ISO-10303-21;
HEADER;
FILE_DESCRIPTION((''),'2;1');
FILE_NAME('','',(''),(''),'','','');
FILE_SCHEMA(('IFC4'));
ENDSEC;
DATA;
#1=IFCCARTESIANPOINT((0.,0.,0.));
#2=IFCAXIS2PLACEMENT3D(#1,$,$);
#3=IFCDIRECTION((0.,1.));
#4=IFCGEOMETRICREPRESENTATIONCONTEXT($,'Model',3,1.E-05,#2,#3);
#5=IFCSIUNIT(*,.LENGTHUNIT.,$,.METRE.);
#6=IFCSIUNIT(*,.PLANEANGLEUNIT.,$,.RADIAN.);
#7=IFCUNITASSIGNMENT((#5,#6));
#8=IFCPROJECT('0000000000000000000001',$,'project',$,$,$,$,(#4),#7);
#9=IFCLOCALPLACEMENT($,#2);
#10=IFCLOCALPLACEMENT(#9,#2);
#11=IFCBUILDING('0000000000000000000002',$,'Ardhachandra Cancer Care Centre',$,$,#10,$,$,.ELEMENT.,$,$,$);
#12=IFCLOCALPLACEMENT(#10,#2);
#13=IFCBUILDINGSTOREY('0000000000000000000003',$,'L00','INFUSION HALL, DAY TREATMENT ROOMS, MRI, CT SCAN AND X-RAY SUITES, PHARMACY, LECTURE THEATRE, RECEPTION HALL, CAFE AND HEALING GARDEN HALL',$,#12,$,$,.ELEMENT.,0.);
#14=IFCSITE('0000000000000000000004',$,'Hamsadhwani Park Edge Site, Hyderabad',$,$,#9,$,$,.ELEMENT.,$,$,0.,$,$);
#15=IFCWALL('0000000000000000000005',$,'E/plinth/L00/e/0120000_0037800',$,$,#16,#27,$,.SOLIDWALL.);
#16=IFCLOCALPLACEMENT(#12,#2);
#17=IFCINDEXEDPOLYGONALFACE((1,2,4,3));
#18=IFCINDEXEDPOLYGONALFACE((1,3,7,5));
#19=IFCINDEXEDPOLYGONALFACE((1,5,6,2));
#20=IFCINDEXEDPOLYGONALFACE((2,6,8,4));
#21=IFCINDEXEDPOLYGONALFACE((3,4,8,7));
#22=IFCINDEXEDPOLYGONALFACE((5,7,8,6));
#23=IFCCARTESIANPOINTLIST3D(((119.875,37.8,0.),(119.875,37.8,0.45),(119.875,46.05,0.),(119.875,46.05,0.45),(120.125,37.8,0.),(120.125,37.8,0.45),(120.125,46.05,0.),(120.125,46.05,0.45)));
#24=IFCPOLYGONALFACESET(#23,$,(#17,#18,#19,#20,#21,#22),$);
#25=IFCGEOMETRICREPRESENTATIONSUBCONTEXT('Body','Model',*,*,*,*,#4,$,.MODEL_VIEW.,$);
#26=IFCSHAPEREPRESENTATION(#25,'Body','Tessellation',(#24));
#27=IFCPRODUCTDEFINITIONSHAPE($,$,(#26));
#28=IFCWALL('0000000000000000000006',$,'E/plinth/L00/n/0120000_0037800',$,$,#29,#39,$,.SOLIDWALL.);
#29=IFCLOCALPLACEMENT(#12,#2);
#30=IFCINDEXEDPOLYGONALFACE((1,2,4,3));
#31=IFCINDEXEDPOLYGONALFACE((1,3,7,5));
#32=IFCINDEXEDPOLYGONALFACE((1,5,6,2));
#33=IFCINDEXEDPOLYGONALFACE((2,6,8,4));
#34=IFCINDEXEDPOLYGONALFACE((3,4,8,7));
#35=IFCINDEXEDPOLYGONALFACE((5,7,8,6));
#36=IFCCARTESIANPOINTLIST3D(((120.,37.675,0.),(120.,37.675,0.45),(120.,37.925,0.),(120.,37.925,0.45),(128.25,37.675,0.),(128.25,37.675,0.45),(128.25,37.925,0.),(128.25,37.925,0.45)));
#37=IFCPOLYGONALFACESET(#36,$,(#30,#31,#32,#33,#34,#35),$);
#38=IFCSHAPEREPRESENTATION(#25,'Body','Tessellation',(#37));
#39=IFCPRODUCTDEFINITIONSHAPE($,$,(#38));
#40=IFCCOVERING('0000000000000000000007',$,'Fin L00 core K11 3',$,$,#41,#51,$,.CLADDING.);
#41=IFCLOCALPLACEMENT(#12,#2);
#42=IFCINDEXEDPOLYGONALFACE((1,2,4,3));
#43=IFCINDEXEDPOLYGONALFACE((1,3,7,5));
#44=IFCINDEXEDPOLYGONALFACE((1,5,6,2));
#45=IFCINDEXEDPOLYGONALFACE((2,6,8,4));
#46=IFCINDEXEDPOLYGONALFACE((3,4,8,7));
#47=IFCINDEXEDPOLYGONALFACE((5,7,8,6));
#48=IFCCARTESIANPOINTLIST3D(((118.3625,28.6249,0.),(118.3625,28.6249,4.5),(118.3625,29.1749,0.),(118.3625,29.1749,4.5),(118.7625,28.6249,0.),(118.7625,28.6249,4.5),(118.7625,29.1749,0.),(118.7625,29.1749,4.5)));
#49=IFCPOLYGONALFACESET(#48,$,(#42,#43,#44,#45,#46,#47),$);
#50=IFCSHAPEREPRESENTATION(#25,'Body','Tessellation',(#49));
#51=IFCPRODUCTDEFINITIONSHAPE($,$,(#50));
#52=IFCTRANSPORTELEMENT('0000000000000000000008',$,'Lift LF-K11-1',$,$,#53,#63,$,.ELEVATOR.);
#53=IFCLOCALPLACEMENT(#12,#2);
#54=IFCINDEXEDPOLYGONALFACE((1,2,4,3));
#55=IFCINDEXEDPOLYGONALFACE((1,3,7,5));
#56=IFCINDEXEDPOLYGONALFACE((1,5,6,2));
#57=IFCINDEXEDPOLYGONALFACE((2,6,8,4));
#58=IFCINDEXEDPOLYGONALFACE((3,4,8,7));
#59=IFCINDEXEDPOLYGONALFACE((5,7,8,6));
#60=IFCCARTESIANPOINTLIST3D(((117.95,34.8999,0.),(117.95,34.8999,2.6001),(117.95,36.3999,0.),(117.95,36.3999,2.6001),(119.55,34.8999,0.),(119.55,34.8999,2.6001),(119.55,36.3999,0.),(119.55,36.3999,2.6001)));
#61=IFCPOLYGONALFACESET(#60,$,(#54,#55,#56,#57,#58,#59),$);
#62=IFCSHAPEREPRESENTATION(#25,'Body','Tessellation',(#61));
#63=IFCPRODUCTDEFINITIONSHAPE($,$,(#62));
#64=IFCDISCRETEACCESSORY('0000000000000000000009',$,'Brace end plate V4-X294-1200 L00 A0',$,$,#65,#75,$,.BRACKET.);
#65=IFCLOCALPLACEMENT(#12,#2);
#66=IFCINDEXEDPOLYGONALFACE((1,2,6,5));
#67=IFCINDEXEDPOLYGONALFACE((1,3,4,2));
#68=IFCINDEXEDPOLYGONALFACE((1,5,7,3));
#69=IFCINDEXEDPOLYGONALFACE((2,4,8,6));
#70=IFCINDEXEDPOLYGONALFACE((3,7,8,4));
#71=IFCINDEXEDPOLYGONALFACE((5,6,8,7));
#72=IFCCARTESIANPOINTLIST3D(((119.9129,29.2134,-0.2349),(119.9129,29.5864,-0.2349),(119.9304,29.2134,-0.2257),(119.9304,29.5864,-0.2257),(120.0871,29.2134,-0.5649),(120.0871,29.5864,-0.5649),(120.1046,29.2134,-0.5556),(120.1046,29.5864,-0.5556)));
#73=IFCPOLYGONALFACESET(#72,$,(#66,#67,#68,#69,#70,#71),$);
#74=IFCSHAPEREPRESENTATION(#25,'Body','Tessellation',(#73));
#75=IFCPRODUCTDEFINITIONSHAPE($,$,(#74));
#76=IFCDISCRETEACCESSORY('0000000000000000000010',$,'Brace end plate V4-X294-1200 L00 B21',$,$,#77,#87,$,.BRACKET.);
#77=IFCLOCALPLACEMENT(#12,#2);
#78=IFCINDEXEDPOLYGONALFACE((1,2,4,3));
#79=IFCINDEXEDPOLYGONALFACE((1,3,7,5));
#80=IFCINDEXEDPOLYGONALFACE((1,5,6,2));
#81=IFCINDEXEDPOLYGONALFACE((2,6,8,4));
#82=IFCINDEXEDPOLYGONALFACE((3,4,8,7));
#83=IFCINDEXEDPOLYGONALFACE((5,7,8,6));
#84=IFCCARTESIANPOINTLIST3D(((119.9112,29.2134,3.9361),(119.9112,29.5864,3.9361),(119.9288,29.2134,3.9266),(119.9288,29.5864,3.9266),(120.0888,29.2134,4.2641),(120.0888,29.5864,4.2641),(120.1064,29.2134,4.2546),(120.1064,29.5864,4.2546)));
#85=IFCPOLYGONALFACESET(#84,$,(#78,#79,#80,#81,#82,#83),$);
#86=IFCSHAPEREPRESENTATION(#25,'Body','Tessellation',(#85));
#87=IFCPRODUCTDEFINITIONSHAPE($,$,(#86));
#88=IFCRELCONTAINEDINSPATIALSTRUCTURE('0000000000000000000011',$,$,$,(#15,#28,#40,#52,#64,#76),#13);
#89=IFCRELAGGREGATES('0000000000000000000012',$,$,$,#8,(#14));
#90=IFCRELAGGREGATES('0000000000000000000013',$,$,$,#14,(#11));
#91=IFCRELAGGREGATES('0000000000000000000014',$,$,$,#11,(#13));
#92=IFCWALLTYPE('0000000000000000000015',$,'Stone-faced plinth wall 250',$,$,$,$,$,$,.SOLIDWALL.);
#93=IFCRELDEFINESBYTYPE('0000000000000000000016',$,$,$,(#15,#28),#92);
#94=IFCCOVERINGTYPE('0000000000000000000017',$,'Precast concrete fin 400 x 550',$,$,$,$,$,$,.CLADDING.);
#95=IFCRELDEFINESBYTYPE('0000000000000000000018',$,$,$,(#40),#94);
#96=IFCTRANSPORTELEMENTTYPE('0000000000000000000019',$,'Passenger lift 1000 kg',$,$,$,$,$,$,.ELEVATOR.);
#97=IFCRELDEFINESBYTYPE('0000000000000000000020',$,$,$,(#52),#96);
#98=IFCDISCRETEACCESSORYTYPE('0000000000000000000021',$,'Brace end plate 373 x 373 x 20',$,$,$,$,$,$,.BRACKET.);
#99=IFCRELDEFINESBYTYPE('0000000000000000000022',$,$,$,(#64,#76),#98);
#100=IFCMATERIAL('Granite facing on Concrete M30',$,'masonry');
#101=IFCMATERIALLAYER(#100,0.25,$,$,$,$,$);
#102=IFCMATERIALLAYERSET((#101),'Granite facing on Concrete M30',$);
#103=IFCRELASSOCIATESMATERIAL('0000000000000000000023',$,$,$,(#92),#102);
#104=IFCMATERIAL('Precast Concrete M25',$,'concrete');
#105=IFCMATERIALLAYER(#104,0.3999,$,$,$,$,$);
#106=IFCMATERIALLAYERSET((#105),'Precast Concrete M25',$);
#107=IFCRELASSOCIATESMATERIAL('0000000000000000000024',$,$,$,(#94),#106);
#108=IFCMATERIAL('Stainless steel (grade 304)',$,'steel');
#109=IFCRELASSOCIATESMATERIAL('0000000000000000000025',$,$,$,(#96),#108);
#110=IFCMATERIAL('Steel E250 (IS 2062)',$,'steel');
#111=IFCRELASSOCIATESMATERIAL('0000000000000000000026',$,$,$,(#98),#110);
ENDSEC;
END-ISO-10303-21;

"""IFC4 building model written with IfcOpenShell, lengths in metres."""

from ifc_helpers import new_model, si_unit, direction, frame, frame_2d, origin, origin_2d, place, context, subcontext, project, spatial, rectangle, extrude, material, layer, layer_set, material_profile, profile_set, type_object, element, save


model = new_model("IFC4")

# Units and contexts
model_context = context("Model", 3, precision=1e-05, world=origin(), true_north=direction((0.0, 1.0)))
body_context = subcontext(model_context, "Body", "Model", "MODEL_VIEW")
ifc_project = project(units=[si_unit("LENGTHUNIT", "METRE"), si_unit("PLANEANGLEUNIT", "RADIAN")], contexts=[model_context])

# Site, building, storey
site_placement = place(None, origin())
site = spatial("IfcSite", under=ifc_project, at=site_placement, Name="Hamsadhwani Park Edge Site, Hyderabad", CompositionType="ELEMENT", RefElevation=0.0)
building_placement = place(site_placement, origin())
building = spatial("IfcBuilding", under=site, at=building_placement, Name="Ardhachandra Cancer Care Centre", CompositionType="ELEMENT")
storey_placement = place(building_placement, origin())
storey = spatial("IfcBuildingStorey", under=building, at=storey_placement, Name="L00", Description="INFUSION HALL, DAY TREATMENT ROOMS, MRI, CT SCAN AND X-RAY SUITES, PHARMACY, LECTURE THEATRE, RECEPTION HALL, CAFE AND HEALING GARDEN HALL", CompositionType="ELEMENT", Elevation=0.0)

# Walls
ifc_material_1 = material(Name="Granite facing on Concrete M30", Category="masonry")
ifc_layer_1 = layer(ifc_material_1, 0.25)
ifc_layer_set_1 = layer_set([ifc_layer_1], Name="Granite facing on Concrete M30")
wall_type_1 = type_object("IfcWallType", Name="Stone-faced plinth wall 250", PredefinedType="SOLIDWALL", material=ifc_layer_set_1)
for number, where, z_axis, x_axis, name in (
    (1, (120.0, 37.8, 0.0), (0.0, 0.0, 1.0), (0.0, 1.0, 0.0), "E/plinth/L00/e/0120000_0037800"),
    (2, (120.0, 37.8, 0.0), (0.0, 0.0, 1.0), (1.0, 0.0, 0.0), "E/plinth/L00/n/0120000_0037800"),
):
    element("IfcWall", number, at=place(storey_placement, frame(where, z_axis=z_axis, x_axis=x_axis)), inside=storey, type_object=wall_type_1, Name=name, PredefinedType="SOLIDWALL", context=body_context, shape_type="SweptSolid", body=[
        extrude(rectangle(XDim=8.25, YDim=0.25, at=frame_2d((4.125, 0.0))), origin(), (0.0, 0.0, 1.0), 0.45),
    ])

# Covering
ifc_material_2 = material(Name="Precast Concrete M25", Category="concrete")
ifc_layer_2 = layer(ifc_material_2, 0.3999)
ifc_layer_set_2 = layer_set([ifc_layer_2], Name="Precast Concrete M25")
covering_type = type_object("IfcCoveringType", Name="Precast concrete fin 400 x 550", PredefinedType="CLADDING", material=ifc_layer_set_2)
covering_placement = place(storey_placement, frame((118.5625, 28.8999, 0.0), z_axis=(0.0, 0.0, 1.0), x_axis=(1.0, 0.0, 0.0)))
element("IfcCovering", 3, at=covering_placement, inside=storey, type_object=covering_type, Name="Fin L00 core K11 3", PredefinedType="CLADDING", context=body_context, shape_type="SweptSolid", body=[
    extrude(rectangle(XDim=0.3999, YDim=0.55, at=origin_2d()), origin(), (0.0, 0.0, 1.0), 4.5),
])

# Transport element
ifc_material_3 = material(Name="Stainless steel (grade 304)", Category="steel")
transport_element_type = type_object("IfcTransportElementType", Name="Passenger lift 1000 kg", PredefinedType="ELEVATOR", material=ifc_material_3)
transport_element_placement = place(storey_placement, frame((118.75, 35.6499, 0.0), z_axis=(0.0, 0.0, 1.0), x_axis=(1.0, 0.0, 0.0)))
element("IfcTransportElement", 4, at=transport_element_placement, inside=storey, type_object=transport_element_type, Name="Lift LF-K11-1", PredefinedType="ELEVATOR", context=body_context, shape_type="SweptSolid", body=[
    extrude(rectangle(XDim=1.6001, YDim=1.5, at=origin_2d()), origin(), (0.0, 0.0, 1.0), 2.6001),
])

# Discrete accessories
ifc_material_4 = material(Name="Steel E250 (IS 2062)", Category="steel")
ifc_material_profile_1 = material_profile(ifc_material_4, rectangle(XDim=0.373, YDim=0.373, at=origin_2d()), Name="PL 373x373x20")
ifc_profile_set_1 = profile_set([ifc_material_profile_1], Name="Steel E250 (IS 2062)")
discrete_accessory_type = type_object("IfcDiscreteAccessoryType", Name="Brace end plate 373 x 373 x 20", PredefinedType="BRACKET", material=ifc_profile_set_1)
discrete_accessory_1_placement = place(storey_placement, frame((120.0, 29.3999, -0.3999), z_axis=(0.884385, 0.0, 0.466759), x_axis=(0.0, 1.0, 0.0)))
element("IfcDiscreteAccessory", 5, at=discrete_accessory_1_placement, inside=storey, type_object=discrete_accessory_type, Name="Brace end plate V4-X294-1200 L00 A0", PredefinedType="BRACKET", context=body_context, shape_type="SweptSolid", body=[
    extrude(rectangle(XDim=0.373, YDim=0.373, at=origin_2d()), origin(), (0.0, 0.0, 1.0), 0.0198),
])
discrete_accessory_2_placement = place(storey_placement, frame((120.0, 29.3999, 4.1001), z_axis=(0.879292, 0.0, -0.476283), x_axis=(0.0, 1.0, 0.0)))
element("IfcDiscreteAccessory", 6, at=discrete_accessory_2_placement, inside=storey, type_object=discrete_accessory_type, Name="Brace end plate V4-X294-1200 L00 B21", PredefinedType="BRACKET", context=body_context, shape_type="SweptSolid", body=[
    extrude(rectangle(XDim=0.373, YDim=0.373, at=origin_2d()), origin(), (0.0, 0.0, 1.0), 0.02),
])

save(model, "model.ifc")
